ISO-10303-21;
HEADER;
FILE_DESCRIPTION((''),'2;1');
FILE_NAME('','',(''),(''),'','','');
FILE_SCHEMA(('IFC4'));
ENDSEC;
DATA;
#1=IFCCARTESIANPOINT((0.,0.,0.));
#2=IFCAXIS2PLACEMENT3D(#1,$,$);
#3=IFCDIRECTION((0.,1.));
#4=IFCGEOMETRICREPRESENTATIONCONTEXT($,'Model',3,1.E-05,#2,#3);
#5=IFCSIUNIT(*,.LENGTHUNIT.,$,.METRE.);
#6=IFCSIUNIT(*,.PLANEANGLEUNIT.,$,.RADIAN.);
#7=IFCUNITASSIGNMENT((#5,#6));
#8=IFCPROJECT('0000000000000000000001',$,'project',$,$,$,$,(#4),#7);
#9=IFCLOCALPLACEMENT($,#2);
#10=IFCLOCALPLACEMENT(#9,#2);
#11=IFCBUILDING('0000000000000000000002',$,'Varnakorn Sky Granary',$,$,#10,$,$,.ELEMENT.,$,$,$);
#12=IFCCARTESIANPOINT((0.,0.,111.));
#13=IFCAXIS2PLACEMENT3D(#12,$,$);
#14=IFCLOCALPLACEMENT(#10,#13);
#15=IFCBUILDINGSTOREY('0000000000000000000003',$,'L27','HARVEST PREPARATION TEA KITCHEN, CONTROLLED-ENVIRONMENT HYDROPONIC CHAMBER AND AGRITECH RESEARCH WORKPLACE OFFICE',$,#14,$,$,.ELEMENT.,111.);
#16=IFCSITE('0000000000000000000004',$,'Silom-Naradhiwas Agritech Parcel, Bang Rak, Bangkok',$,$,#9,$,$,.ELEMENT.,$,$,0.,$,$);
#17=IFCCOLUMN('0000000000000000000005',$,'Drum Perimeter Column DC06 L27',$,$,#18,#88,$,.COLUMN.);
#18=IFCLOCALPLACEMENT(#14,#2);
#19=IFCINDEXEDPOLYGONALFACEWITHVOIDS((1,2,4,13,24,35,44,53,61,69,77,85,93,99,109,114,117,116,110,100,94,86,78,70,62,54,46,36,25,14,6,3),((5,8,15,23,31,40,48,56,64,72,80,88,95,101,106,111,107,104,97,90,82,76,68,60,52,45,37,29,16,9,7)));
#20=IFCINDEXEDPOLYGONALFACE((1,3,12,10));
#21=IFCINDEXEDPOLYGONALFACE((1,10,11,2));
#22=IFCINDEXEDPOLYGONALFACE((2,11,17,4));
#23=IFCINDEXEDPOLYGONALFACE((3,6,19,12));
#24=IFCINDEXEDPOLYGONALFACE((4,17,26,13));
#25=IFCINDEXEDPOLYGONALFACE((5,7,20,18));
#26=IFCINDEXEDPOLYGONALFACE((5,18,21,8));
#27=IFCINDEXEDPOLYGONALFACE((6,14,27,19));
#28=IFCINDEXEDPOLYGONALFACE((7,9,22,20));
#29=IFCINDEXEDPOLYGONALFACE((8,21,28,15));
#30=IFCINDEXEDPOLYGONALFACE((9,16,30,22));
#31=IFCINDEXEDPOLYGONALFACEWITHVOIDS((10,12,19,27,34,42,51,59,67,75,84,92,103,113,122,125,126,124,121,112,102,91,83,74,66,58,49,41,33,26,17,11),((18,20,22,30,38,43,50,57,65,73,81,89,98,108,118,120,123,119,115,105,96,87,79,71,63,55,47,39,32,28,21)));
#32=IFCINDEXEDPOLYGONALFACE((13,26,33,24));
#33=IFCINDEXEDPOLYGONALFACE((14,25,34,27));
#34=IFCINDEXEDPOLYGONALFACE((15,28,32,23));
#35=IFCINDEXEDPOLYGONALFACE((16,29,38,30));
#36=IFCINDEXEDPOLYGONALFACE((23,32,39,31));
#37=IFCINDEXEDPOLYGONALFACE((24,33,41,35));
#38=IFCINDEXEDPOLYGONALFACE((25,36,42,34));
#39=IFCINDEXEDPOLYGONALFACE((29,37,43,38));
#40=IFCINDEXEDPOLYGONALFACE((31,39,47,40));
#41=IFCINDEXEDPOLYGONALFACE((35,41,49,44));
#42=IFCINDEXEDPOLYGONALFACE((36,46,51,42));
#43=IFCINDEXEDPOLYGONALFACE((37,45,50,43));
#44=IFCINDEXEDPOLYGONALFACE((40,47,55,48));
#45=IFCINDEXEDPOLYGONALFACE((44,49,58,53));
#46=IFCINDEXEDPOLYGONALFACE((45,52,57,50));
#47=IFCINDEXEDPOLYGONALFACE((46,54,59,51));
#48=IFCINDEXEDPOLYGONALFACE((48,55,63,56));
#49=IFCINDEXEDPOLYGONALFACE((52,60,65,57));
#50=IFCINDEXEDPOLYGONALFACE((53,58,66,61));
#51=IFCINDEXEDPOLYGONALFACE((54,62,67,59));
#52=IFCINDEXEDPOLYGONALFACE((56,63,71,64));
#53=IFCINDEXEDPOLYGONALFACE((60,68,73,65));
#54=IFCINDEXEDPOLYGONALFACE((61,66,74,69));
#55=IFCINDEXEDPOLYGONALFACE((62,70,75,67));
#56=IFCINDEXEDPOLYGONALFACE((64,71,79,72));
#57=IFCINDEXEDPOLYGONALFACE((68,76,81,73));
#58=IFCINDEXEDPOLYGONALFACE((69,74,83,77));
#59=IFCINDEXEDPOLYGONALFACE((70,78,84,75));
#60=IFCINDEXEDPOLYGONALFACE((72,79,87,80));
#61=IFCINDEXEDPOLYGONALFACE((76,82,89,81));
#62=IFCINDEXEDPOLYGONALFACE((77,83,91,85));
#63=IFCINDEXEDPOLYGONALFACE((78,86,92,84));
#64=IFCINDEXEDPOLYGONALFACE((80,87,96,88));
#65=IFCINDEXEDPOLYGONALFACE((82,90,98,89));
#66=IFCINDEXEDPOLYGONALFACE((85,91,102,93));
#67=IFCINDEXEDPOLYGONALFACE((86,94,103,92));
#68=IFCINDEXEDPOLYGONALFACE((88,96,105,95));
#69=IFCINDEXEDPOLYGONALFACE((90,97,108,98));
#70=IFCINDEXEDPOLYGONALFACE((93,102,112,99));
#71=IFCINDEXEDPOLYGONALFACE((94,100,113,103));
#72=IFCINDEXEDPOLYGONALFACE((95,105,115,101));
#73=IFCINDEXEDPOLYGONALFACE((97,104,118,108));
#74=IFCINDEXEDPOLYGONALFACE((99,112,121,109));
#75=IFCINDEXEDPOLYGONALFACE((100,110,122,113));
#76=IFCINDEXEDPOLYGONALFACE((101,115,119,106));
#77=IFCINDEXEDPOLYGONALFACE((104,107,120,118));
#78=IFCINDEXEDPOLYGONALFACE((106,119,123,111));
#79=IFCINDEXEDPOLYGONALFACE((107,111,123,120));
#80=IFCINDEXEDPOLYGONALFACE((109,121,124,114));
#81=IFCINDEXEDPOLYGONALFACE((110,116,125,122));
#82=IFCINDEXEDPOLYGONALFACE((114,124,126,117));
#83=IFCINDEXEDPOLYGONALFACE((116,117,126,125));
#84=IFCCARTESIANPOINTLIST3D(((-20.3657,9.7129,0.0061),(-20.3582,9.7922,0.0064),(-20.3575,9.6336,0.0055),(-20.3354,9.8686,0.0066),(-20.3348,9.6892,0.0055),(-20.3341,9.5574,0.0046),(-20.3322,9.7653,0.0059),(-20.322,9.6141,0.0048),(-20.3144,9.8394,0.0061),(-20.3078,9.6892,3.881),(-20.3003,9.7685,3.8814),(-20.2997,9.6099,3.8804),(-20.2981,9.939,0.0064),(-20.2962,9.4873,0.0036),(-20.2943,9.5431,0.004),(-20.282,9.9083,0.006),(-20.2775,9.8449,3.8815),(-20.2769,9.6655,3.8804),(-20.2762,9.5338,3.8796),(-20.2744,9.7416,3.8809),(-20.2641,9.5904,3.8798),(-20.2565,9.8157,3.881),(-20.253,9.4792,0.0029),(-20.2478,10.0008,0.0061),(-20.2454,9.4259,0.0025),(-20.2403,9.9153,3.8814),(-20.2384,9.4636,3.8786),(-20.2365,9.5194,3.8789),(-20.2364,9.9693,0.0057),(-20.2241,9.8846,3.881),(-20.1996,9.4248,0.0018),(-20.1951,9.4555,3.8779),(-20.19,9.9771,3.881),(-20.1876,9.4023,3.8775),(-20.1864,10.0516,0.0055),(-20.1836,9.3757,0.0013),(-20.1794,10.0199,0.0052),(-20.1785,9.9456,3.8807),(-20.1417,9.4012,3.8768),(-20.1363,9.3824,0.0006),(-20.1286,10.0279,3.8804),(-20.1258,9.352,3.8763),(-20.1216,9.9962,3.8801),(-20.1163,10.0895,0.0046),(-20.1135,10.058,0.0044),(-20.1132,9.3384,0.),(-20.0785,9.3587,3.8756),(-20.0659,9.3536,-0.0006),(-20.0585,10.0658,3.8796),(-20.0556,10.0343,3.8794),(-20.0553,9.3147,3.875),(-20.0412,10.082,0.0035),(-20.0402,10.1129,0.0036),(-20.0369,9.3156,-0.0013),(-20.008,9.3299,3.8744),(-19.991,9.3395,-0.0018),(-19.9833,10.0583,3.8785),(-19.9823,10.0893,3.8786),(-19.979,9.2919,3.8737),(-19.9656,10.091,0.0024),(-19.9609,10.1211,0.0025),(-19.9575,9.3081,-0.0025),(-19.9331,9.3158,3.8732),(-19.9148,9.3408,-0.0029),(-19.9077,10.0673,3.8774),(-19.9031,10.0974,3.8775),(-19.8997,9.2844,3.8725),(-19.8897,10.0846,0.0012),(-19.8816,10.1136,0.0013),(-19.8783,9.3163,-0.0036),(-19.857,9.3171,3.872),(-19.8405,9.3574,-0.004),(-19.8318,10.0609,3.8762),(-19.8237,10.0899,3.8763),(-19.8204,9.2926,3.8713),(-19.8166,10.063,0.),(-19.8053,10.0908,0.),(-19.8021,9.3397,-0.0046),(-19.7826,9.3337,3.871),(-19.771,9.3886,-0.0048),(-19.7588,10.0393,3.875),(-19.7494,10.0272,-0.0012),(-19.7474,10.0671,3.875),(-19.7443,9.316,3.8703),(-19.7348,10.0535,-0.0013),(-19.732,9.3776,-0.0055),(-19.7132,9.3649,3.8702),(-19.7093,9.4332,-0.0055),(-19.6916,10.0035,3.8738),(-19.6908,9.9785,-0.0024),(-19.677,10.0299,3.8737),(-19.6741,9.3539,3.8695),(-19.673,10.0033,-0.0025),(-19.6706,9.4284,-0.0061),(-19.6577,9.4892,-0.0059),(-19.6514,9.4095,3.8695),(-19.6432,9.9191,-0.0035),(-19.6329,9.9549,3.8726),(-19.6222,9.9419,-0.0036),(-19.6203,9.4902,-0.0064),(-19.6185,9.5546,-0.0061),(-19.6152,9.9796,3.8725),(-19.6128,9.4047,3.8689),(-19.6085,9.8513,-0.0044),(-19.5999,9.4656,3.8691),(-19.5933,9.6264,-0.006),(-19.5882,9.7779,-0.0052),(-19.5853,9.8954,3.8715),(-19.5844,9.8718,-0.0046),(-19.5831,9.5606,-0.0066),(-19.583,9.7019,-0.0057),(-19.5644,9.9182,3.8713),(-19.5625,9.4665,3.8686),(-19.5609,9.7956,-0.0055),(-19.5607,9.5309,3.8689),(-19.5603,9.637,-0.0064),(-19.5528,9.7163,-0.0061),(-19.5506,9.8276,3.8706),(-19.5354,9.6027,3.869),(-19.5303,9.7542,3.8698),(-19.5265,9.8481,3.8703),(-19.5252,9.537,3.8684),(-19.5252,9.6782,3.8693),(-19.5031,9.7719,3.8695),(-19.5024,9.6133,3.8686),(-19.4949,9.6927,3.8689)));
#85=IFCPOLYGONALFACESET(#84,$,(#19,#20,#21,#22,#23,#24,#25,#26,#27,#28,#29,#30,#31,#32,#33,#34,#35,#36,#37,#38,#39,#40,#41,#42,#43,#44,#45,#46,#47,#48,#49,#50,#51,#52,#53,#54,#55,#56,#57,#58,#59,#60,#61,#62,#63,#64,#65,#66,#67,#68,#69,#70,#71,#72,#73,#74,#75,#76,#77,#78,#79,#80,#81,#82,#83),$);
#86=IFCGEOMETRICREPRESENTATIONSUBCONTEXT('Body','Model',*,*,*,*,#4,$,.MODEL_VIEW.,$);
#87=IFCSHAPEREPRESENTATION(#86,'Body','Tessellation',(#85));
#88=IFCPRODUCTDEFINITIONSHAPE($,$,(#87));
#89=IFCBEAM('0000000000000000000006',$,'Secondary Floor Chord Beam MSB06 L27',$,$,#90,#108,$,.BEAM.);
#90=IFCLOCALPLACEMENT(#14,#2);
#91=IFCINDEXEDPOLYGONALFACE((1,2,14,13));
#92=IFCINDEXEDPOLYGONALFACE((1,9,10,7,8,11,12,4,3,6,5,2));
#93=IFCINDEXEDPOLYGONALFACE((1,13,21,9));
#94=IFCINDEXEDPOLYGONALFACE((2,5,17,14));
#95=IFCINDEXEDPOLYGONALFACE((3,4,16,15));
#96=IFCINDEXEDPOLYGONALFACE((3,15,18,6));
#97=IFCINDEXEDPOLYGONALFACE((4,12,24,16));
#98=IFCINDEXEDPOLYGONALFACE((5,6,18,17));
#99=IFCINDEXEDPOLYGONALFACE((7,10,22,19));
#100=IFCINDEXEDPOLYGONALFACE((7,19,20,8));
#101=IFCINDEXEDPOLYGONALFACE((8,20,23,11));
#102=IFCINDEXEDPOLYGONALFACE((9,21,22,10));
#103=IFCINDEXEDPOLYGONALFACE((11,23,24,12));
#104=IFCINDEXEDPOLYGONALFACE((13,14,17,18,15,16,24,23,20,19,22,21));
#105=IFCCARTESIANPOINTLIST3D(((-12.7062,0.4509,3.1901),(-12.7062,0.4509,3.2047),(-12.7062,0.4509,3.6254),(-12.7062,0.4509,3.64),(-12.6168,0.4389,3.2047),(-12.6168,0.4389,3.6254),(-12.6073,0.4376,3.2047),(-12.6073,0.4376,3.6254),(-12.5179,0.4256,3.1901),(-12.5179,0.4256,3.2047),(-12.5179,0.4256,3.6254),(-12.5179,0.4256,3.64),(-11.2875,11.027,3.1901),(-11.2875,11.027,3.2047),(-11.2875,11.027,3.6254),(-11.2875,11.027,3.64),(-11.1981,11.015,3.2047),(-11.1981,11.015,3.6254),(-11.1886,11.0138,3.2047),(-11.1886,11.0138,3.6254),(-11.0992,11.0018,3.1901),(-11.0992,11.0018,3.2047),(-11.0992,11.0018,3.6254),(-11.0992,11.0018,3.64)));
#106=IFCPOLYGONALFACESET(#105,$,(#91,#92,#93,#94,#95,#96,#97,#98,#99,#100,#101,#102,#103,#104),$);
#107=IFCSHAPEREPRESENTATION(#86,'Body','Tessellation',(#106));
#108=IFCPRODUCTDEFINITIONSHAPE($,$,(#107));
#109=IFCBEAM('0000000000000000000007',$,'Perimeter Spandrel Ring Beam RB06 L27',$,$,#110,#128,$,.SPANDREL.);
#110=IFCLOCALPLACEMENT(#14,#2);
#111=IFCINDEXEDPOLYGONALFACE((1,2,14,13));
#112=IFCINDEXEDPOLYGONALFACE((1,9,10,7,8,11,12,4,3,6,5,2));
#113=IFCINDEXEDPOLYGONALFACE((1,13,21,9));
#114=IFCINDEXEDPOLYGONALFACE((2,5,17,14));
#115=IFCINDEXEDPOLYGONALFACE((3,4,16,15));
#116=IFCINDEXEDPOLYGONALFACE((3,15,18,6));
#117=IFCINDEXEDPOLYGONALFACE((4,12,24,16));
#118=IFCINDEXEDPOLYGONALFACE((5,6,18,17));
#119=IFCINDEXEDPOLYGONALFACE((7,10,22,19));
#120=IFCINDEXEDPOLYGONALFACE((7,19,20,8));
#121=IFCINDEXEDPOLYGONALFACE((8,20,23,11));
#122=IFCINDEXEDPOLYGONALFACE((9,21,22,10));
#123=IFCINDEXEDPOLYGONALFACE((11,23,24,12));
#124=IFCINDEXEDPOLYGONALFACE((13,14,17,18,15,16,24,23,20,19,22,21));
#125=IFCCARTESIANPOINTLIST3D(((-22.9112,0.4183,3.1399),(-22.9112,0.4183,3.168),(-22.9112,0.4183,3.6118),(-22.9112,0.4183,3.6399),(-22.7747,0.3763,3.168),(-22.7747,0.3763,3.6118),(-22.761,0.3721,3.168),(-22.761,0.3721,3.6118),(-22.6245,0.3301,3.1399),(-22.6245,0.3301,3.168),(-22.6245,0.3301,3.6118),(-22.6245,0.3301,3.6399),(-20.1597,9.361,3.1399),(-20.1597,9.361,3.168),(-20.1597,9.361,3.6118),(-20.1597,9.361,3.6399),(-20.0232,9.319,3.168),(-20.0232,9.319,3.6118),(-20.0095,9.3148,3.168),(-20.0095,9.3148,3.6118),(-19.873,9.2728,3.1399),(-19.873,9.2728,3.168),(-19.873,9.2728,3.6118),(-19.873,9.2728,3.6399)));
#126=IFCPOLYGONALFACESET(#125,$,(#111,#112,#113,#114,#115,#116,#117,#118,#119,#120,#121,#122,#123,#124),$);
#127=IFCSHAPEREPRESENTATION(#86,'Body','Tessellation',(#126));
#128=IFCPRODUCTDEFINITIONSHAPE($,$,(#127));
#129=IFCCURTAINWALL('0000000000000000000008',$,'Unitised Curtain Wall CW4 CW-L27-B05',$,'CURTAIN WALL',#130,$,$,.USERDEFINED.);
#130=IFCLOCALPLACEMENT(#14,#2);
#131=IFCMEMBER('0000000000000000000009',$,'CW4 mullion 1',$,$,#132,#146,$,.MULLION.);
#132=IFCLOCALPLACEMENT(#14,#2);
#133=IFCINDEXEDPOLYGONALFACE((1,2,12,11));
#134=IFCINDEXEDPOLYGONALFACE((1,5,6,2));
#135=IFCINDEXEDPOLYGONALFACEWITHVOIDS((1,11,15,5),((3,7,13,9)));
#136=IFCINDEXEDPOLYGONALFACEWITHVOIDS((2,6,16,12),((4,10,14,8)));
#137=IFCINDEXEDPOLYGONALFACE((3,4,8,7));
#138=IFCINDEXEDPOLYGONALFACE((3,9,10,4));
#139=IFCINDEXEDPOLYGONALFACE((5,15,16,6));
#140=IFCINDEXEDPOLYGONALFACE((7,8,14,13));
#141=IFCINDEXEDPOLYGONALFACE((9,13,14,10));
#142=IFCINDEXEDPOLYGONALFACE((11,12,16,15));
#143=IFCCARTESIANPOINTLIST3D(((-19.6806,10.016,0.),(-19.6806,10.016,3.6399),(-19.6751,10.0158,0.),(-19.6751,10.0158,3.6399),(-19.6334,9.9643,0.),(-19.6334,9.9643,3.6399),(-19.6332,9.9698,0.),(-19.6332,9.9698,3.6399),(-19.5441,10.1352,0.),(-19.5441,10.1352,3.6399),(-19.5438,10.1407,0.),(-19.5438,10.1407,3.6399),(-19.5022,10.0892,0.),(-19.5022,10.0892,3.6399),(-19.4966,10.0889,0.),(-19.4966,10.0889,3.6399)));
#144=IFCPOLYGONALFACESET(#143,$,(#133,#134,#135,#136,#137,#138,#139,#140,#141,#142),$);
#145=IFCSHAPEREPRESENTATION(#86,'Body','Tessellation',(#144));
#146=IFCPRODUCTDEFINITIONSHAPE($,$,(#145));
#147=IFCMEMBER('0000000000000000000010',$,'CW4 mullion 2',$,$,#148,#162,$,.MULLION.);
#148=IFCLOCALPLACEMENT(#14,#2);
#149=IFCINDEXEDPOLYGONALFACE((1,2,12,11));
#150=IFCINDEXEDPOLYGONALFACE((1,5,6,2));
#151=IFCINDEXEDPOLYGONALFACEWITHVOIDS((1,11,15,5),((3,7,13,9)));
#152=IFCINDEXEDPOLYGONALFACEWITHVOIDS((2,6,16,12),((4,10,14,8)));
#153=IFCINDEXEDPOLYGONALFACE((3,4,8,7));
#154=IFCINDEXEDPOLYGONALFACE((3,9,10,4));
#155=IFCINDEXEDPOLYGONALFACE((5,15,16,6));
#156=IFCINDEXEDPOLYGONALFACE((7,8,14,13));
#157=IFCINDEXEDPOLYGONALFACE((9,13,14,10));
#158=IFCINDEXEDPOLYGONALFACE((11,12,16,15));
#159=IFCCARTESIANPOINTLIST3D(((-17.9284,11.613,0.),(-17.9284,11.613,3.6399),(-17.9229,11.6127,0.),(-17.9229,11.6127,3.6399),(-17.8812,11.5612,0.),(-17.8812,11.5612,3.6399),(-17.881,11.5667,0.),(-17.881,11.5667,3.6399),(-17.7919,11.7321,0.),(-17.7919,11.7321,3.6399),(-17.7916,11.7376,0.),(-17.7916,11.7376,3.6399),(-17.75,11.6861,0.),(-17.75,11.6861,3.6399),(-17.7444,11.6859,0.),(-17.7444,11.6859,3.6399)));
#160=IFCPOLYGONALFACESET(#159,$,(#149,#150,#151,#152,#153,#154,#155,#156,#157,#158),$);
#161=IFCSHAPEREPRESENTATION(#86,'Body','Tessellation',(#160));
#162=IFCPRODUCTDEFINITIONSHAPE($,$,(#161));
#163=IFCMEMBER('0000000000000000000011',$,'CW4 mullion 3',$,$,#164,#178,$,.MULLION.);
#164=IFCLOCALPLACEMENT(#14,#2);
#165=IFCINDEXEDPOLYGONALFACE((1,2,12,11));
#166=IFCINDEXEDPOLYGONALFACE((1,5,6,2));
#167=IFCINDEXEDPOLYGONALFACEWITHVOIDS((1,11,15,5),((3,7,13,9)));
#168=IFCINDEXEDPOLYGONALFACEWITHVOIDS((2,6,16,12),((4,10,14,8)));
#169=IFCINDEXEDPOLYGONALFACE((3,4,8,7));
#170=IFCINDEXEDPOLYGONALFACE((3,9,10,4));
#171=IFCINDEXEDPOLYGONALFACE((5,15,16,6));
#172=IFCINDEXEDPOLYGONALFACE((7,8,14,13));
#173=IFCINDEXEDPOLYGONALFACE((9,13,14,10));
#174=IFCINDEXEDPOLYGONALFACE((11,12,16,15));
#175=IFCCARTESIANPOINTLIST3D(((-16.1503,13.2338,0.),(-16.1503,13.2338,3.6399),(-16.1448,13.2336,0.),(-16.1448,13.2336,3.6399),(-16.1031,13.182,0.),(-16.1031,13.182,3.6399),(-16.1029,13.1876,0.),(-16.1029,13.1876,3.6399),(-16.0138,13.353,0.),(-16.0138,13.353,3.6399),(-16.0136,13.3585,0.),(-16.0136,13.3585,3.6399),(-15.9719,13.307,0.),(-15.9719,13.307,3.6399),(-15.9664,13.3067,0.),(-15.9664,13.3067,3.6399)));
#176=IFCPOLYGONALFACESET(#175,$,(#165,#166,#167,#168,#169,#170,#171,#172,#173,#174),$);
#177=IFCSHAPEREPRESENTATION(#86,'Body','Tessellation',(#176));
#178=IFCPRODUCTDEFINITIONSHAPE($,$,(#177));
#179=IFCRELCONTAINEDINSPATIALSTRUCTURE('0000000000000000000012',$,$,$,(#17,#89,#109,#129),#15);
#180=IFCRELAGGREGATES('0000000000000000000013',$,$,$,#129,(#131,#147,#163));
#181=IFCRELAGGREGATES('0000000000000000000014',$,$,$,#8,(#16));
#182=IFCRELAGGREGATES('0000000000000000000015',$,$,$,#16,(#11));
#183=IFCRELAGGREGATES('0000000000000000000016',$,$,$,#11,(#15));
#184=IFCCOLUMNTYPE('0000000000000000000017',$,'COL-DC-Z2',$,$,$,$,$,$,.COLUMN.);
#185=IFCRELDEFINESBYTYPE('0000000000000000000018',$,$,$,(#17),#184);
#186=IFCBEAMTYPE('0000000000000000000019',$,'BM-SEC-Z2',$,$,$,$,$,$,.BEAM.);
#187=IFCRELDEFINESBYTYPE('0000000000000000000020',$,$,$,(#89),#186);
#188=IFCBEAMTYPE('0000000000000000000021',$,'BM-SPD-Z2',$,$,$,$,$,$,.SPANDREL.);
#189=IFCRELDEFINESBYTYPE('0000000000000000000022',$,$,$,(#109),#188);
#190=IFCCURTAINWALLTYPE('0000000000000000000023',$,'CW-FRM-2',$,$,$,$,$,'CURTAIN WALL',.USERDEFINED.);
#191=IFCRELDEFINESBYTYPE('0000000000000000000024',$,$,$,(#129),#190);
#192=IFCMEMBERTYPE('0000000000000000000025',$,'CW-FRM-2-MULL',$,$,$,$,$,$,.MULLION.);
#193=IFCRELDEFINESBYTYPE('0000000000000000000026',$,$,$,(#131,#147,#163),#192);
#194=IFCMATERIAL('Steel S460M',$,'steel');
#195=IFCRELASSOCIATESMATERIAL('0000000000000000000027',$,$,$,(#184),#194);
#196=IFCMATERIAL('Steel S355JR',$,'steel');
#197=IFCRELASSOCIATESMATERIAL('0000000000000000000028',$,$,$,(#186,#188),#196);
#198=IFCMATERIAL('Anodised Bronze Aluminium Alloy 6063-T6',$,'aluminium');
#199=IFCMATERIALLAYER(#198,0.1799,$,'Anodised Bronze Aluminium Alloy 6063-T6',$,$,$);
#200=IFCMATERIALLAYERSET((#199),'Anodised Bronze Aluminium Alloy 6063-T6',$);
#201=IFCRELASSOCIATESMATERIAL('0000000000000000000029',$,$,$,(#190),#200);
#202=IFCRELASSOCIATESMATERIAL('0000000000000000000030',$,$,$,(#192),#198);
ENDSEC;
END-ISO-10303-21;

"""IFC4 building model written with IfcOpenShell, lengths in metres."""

from ifc_helpers import new_model, si_unit, direction, frame, origin, origin_2d, place, context, subcontext, project, spatial, hollow_rectangle, hollow_circle, i_section, extrude, material, layer, layer_set, material_profile, profile_set, type_object, element, aggregate, save


model = new_model("IFC4")

# Units and contexts
model_context = context("Model", 3, precision=1e-05, world=origin(), true_north=direction((0.0, 1.0)))
body_context = subcontext(model_context, "Body", "Model", "MODEL_VIEW")
ifc_project = project(units=[si_unit("LENGTHUNIT", "METRE"), si_unit("PLANEANGLEUNIT", "RADIAN")], contexts=[model_context])

# Site, building, storey
site_placement = place(None, origin())
site = spatial("IfcSite", under=ifc_project, at=site_placement, Name="Silom-Naradhiwas Agritech Parcel, Bang Rak, Bangkok", CompositionType="ELEMENT", RefElevation=0.0)
building_placement = place(site_placement, origin())
building = spatial("IfcBuilding", under=site, at=building_placement, Name="Varnakorn Sky Granary", CompositionType="ELEMENT")
storey_placement = place(building_placement, frame((0.0, 0.0, 111.0)))
storey = spatial("IfcBuildingStorey", under=building, at=storey_placement, Name="L27", Description="HARVEST PREPARATION TEA KITCHEN, CONTROLLED-ENVIRONMENT HYDROPONIC CHAMBER AND AGRITECH RESEARCH WORKPLACE OFFICE", CompositionType="ELEMENT", Elevation=111.0)

# Column
ifc_material_1 = material(Name="Steel S460M", Category="steel")
ifc_material_profile_1 = material_profile(ifc_material_1, hollow_circle(Radius=0.4065, WallThickness=0.03, at=origin_2d()), Name="CHS 813x30")
ifc_profile_set_1 = profile_set([ifc_material_profile_1], Name="Steel S460M")
column_type = type_object("IfcColumnType", Name="COL-DC-Z2", PredefinedType="COLUMN", material=ifc_profile_set_1)
column_placement = place(storey_placement, frame((-19.9592, 9.7146, 0.0), z_axis=(0.01493, -0.006111, 0.99987), x_axis=(0.378785, 0.925485, 0.0)))
element("IfcColumn", 1, at=column_placement, inside=storey, type_object=column_type, Name="Drum Perimeter Column DC06 L27", PredefinedType="COLUMN", context=body_context, shape_type="SweptSolid", body=[
    extrude(hollow_circle(Radius=0.4065, WallThickness=0.03, at=origin_2d()), origin(), (0.0, 0.0, 1.0), 3.8755),
])

# Beams
ifc_material_2 = material(Name="Steel S355JR", Category="steel")
ifc_material_profile_2 = material_profile(ifc_material_2, i_section(OverallWidth=0.1899, OverallDepth=0.45, WebThickness=0.0095, FlangeThickness=0.0146, at=origin_2d()), Name="IPE 450")
ifc_profile_set_2 = profile_set([ifc_material_profile_2], Name="Steel S355JR")
beam_type_1 = type_object("IfcBeamType", Name="BM-SEC-Z2", PredefinedType="BEAM", material=ifc_profile_set_2)
beam_1_placement = place(storey_placement, frame((-11.1934, 11.0144, 3.415), z_axis=(-0.13295, -0.991123, 0.0), x_axis=(0.991123, -0.13295, 0.0)))
element("IfcBeam", 2, at=beam_1_placement, inside=storey, type_object=beam_type_1, Name="Secondary Floor Chord Beam MSB06 L27", PredefinedType="BEAM", context=body_context, shape_type="SweptSolid", body=[
    extrude(i_section(OverallWidth=0.1899, OverallDepth=0.45, WebThickness=0.0095, FlangeThickness=0.0146, at=origin_2d()), origin(), (0.0, 0.0, 1.0), 10.6709),
])
ifc_material_profile_3 = material_profile(ifc_material_2, i_section(OverallWidth=0.3, OverallDepth=0.5, WebThickness=0.0144, FlangeThickness=0.0281, at=origin_2d()), Name="HE 500 B")
ifc_profile_set_3 = profile_set([ifc_material_profile_3], Name="Steel S355JR")
beam_type_2 = type_object("IfcBeamType", Name="BM-SPD-Z2", PredefinedType="SPANDREL", material=ifc_profile_set_3)
beam_2_placement = place(storey_placement, frame((-20.0164, 9.3169, 3.3899), z_axis=(-0.294075, -0.955782, 0.0), x_axis=(0.955782, -0.294075, 0.0)))
element("IfcBeam", 3, at=beam_2_placement, inside=storey, type_object=beam_type_2, Name="Perimeter Spandrel Ring Beam RB06 L27", PredefinedType="SPANDREL", context=body_context, shape_type="SweptSolid", body=[
    extrude(i_section(OverallWidth=0.3, OverallDepth=0.5, WebThickness=0.0144, FlangeThickness=0.0281, at=origin_2d()), origin(), (0.0, 0.0, 1.0), 9.3564),
])

# Curtain wall, members
ifc_material_3 = material(Name="Anodised Bronze Aluminium Alloy 6063-T6", Category="aluminium")
ifc_layer_1 = layer(ifc_material_3, 0.1799, Name="Anodised Bronze Aluminium Alloy 6063-T6")
ifc_layer_set_1 = layer_set([ifc_layer_1], Name="Anodised Bronze Aluminium Alloy 6063-T6")
curtain_wall_type = type_object("IfcCurtainWallType", Name="CW-FRM-2", ElementType="CURTAIN WALL", PredefinedType="USERDEFINED", material=ifc_layer_set_1)
curtain_wall_placement = place(storey_placement, origin())
curtain_wall = element("IfcCurtainWall", 4, at=curtain_wall_placement, inside=storey, type_object=curtain_wall_type, Name="Unitised Curtain Wall CW4 CW-L27-B05", ObjectType="CURTAIN WALL", PredefinedType="USERDEFINED")
ifc_material_profile_4 = material_profile(ifc_material_3, hollow_rectangle(XDim=0.0701, YDim=0.1851, WallThickness=0.0039, at=origin_2d()), Name="ALU MULL 70x185")
ifc_profile_set_4 = profile_set([ifc_material_profile_4], Name="Anodised Bronze Aluminium Alloy 6063-T6")
member_type_1 = type_object("IfcMemberType", Name="CW-FRM-2-MULL", PredefinedType="MULLION", material=ifc_profile_set_4)
member_1_placement = place(storey_placement, frame((-19.5886, 10.0525, 0.0), z_axis=(0.0, 0.0, 1.0), x_axis=(-0.673654, 0.739047, 0.0)))
member_1 = element("IfcMember", 5, at=member_1_placement, type_object=member_type_1, Name="CW4 mullion 1", PredefinedType="MULLION", context=body_context, shape_type="SweptSolid", body=[
    extrude(hollow_rectangle(XDim=0.0701, YDim=0.1851, WallThickness=0.0039, at=origin_2d()), origin(), (0.0, 0.0, 1.0), 3.6399),
])
member_2_placement = place(storey_placement, frame((-17.8364, 11.6494, 0.0), z_axis=(0.0, 0.0, 1.0), x_axis=(-0.673654, 0.739047, 0.0)))
member_2 = element("IfcMember", 6, at=member_2_placement, type_object=member_type_1, Name="CW4 mullion 2", PredefinedType="MULLION", context=body_context, shape_type="SweptSolid", body=[
    extrude(hollow_rectangle(XDim=0.0701, YDim=0.1851, WallThickness=0.0039, at=origin_2d()), origin(), (0.0, 0.0, 1.0), 3.6399),
])
member_3_placement = place(storey_placement, frame((-16.0583, 13.2703, 0.0), z_axis=(0.0, 0.0, 1.0), x_axis=(-0.673654, 0.739047, 0.0)))
member_3 = element("IfcMember", 7, at=member_3_placement, type_object=member_type_1, Name="CW4 mullion 3", PredefinedType="MULLION", context=body_context, shape_type="SweptSolid", body=[
    extrude(hollow_rectangle(XDim=0.0701, YDim=0.1851, WallThickness=0.0039, at=origin_2d()), origin(), (0.0, 0.0, 1.0), 3.6399),
])
aggregate(curtain_wall, [member_1, member_2, member_3])

save(model, "model.ifc")
